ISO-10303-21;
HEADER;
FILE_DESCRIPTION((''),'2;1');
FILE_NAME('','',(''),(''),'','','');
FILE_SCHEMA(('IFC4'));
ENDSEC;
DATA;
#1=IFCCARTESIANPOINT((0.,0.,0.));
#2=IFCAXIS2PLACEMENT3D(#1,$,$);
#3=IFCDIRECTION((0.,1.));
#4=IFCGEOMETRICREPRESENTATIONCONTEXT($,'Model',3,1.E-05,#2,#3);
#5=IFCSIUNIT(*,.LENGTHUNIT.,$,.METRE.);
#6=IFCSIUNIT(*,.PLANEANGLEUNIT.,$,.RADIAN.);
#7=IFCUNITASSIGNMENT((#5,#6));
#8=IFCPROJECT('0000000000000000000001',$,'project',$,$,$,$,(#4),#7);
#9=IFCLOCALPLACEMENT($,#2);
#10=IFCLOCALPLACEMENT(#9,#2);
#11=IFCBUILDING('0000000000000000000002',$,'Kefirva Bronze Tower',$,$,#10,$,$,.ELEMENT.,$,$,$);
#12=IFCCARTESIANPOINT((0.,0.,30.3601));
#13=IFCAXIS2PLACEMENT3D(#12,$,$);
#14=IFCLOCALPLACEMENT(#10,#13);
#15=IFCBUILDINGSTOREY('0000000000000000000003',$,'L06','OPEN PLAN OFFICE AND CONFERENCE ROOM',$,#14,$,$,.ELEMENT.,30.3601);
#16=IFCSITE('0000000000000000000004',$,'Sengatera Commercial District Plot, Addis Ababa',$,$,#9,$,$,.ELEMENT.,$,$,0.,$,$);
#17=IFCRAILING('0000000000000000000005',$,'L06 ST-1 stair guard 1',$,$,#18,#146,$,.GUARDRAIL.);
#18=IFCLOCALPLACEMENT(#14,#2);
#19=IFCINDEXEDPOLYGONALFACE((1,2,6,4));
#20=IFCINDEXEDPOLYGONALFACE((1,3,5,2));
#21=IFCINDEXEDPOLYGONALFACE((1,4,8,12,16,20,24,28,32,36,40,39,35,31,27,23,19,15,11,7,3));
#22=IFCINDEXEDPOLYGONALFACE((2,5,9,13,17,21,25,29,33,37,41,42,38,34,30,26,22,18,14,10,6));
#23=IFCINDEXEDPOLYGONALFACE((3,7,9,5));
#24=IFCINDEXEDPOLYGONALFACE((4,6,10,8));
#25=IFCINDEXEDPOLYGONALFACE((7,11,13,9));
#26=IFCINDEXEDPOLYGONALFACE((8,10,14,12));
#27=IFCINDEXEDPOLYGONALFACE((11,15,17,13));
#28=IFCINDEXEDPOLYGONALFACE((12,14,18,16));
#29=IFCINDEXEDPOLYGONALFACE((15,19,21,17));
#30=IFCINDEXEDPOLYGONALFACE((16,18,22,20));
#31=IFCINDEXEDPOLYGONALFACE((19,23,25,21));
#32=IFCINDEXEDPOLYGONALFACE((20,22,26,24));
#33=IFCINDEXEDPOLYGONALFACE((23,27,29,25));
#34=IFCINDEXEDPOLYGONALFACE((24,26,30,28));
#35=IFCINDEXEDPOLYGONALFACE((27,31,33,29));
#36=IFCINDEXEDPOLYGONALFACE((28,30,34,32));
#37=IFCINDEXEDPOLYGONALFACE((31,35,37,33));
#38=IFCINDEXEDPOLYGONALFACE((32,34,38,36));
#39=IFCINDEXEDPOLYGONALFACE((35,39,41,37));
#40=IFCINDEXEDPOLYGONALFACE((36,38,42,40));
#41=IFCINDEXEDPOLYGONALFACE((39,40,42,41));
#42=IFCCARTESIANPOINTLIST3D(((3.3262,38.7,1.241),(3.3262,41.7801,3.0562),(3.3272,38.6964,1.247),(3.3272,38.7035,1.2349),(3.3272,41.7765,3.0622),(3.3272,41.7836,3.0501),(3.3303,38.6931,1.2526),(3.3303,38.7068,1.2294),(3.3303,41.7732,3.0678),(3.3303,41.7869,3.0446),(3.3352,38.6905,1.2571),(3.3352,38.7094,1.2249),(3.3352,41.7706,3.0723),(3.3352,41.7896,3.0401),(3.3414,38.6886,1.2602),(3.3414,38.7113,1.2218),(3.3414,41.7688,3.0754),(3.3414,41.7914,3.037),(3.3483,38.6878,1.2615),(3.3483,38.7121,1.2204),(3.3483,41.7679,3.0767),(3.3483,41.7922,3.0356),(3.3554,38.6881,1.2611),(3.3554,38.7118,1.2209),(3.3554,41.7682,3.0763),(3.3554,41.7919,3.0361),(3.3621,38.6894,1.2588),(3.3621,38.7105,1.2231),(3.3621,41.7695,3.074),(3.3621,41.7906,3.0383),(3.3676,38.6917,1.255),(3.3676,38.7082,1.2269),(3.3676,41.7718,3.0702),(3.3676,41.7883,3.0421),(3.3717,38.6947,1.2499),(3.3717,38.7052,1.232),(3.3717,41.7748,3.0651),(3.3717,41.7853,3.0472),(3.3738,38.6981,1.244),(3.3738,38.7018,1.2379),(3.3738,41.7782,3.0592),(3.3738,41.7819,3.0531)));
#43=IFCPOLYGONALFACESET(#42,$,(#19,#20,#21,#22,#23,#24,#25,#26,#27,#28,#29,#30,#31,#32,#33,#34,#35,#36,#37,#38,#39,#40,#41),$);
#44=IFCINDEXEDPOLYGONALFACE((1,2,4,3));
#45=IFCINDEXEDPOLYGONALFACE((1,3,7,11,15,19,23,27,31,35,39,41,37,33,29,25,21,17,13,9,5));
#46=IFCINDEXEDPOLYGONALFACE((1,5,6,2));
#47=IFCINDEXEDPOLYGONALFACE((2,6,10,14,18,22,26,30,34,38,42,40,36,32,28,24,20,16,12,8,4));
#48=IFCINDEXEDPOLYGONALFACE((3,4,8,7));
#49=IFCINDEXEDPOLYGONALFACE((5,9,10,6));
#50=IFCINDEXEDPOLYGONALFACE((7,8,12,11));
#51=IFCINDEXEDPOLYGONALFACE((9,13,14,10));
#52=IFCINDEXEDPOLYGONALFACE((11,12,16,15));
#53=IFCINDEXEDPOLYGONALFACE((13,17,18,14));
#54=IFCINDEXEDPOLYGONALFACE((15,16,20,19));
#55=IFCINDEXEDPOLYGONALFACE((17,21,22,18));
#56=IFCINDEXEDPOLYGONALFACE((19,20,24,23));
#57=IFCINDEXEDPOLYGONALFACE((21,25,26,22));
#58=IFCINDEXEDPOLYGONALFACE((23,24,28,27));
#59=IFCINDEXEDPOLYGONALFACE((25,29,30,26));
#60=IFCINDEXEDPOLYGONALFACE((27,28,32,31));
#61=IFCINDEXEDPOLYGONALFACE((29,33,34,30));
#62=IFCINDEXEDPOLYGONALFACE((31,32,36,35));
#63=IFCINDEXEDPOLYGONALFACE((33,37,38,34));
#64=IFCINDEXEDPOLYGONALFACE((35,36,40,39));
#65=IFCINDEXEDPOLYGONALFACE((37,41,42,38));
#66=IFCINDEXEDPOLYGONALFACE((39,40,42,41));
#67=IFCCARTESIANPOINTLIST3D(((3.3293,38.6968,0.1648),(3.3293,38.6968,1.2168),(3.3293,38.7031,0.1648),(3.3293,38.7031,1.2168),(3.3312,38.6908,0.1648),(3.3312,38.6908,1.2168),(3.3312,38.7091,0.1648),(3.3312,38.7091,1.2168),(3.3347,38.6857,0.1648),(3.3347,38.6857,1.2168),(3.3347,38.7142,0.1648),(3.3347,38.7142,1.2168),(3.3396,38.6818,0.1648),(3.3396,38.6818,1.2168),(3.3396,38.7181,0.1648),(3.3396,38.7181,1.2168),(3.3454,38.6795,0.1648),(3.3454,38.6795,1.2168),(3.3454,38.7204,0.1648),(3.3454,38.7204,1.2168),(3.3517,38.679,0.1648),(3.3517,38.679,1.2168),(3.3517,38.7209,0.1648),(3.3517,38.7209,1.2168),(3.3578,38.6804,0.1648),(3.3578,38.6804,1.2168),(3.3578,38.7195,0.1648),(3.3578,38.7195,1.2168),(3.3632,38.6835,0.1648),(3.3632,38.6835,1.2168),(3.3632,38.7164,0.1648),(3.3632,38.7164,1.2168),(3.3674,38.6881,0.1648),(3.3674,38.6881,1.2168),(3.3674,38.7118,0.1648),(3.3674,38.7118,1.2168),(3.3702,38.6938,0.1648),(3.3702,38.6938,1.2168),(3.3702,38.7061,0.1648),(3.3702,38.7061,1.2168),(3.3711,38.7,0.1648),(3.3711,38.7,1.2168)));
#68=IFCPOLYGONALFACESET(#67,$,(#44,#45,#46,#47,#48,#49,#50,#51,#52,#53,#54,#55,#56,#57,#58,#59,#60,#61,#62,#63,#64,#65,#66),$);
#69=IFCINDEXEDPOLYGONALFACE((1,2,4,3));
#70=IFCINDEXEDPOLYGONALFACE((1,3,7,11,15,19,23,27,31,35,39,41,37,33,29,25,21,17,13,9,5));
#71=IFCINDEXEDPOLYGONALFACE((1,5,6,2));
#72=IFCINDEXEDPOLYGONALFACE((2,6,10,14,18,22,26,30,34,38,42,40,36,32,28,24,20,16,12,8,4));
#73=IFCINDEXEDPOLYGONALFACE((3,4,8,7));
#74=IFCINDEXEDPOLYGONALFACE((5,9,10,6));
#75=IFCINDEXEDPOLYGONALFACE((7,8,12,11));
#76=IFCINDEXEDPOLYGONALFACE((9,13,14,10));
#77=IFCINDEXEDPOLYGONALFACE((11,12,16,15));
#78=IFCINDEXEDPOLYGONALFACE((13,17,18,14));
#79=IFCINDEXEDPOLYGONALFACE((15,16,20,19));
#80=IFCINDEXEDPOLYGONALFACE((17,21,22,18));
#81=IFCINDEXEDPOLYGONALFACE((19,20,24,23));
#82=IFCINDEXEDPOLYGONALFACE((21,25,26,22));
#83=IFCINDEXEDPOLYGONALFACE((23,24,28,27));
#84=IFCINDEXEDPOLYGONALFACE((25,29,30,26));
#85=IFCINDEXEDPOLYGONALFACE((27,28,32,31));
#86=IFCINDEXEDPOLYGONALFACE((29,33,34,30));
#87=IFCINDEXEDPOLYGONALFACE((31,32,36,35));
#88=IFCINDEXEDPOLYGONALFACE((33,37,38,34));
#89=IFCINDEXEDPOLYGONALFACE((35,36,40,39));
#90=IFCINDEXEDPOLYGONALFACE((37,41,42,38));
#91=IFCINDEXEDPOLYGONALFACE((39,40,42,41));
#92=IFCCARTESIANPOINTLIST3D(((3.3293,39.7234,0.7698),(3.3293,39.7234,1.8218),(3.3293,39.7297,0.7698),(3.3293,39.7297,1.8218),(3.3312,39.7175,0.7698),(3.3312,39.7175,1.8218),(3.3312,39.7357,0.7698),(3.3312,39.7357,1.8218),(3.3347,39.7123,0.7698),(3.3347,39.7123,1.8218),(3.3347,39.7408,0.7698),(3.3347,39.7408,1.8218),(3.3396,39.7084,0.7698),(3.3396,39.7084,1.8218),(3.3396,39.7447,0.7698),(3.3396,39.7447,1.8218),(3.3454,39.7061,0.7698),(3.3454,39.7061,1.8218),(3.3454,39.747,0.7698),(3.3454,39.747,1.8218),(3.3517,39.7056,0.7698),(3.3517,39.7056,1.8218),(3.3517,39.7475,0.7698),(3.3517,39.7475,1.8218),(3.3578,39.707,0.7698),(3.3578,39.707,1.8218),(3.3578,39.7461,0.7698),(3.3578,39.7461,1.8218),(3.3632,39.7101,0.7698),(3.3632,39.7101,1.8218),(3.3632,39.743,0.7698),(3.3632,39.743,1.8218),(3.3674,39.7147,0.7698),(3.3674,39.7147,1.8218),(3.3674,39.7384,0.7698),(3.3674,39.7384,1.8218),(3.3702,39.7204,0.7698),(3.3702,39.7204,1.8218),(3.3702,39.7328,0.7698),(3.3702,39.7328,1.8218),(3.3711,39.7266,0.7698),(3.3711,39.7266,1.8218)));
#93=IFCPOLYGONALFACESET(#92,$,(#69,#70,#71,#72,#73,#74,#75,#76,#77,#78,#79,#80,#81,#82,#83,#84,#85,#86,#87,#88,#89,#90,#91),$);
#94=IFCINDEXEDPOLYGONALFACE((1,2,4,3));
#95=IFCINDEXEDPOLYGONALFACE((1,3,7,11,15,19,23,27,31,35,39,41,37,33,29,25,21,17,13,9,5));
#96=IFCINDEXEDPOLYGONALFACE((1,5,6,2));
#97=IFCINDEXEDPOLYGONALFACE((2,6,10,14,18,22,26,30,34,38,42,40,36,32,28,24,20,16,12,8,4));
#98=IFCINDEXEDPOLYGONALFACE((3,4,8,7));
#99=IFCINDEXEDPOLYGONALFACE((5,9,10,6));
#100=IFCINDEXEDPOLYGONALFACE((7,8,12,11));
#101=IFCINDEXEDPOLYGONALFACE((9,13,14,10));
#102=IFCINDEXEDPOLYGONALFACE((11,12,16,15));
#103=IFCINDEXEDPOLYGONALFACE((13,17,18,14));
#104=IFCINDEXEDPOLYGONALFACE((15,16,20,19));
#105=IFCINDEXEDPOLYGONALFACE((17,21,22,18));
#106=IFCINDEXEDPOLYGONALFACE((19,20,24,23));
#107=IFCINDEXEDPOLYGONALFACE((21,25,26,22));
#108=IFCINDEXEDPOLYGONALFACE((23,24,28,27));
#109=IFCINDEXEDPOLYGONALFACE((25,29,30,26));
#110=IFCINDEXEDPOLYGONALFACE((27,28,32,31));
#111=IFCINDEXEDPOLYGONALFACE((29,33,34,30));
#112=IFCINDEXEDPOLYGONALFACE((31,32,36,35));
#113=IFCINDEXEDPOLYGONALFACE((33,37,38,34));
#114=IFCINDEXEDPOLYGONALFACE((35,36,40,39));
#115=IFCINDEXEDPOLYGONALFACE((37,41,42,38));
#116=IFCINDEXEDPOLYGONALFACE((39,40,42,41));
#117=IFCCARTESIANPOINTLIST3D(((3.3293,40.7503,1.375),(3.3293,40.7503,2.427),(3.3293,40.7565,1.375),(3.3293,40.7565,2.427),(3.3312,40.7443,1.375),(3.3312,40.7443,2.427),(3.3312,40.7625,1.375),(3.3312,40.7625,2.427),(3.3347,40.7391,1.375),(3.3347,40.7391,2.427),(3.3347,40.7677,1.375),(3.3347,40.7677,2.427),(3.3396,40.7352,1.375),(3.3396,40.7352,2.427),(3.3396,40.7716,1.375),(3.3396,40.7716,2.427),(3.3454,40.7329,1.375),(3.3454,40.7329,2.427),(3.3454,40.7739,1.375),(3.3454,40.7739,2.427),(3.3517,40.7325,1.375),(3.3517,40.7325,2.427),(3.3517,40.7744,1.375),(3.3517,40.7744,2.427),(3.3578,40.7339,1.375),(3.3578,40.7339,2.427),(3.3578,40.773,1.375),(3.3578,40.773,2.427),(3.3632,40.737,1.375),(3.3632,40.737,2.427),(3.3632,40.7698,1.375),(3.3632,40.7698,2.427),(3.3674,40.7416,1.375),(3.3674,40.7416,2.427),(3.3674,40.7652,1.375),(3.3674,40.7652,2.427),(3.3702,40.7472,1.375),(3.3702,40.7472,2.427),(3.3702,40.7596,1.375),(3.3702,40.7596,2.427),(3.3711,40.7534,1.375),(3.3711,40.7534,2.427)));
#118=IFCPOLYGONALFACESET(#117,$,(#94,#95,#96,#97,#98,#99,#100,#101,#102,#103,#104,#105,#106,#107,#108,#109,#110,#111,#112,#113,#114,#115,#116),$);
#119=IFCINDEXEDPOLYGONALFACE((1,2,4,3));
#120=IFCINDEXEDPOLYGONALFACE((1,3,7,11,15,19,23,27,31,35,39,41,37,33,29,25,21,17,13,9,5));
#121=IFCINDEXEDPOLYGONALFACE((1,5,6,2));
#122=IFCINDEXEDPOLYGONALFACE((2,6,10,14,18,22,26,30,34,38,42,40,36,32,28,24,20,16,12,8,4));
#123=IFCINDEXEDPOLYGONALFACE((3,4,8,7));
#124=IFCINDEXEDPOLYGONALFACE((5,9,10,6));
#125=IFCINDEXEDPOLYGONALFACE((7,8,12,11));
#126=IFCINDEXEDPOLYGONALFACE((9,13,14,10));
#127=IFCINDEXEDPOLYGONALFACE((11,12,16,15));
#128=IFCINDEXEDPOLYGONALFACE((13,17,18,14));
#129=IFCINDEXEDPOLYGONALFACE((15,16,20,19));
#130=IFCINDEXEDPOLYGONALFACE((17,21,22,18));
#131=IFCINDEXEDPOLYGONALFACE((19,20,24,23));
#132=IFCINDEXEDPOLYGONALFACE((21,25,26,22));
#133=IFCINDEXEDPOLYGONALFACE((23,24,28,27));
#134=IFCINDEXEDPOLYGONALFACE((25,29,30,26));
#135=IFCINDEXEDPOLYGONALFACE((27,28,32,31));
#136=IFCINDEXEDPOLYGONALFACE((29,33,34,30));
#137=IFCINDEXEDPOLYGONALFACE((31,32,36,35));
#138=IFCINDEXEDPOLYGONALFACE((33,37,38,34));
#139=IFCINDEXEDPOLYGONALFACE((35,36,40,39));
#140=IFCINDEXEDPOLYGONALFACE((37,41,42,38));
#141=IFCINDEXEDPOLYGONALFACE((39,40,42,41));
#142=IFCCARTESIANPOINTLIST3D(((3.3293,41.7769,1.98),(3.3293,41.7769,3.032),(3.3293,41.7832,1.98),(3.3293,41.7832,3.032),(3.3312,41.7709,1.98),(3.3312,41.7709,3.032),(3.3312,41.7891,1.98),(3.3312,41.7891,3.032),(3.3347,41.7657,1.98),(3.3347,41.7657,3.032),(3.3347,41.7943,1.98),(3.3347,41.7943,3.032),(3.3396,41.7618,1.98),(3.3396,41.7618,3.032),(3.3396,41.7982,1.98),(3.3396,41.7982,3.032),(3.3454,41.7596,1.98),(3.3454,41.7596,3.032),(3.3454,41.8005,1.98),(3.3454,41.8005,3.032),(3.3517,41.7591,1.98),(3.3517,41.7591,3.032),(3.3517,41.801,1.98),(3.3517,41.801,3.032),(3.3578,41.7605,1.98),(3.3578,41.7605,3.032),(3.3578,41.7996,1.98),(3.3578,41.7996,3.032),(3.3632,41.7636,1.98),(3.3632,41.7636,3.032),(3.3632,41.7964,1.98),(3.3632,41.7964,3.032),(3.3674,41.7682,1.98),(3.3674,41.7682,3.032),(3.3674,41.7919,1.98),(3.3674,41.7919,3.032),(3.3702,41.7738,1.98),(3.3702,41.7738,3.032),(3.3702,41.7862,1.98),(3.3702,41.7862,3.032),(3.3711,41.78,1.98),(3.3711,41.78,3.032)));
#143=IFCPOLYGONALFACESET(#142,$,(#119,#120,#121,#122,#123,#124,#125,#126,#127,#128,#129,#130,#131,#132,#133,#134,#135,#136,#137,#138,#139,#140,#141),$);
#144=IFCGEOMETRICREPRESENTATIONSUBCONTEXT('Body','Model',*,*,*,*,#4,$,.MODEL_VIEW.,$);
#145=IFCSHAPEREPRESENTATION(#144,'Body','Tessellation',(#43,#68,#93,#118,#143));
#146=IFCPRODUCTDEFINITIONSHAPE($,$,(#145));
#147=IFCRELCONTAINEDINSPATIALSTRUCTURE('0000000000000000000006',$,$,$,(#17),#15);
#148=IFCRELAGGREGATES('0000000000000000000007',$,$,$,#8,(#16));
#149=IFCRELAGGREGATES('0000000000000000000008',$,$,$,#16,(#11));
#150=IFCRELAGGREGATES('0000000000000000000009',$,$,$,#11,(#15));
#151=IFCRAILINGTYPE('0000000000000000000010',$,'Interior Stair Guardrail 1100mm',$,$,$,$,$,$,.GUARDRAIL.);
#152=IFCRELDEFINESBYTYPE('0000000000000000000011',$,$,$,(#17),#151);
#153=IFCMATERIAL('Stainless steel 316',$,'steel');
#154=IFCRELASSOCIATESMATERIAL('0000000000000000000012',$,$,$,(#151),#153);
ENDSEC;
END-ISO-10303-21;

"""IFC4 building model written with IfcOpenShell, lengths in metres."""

from ifc_helpers import new_model, si_unit, direction, frame, origin, origin_2d, place, context, subcontext, project, spatial, circle, extrude, material, type_object, element, save


model = new_model("IFC4")

# Units and contexts
model_context = context("Model", 3, precision=1e-05, world=origin(), true_north=direction((0.0, 1.0)))
body_context = subcontext(model_context, "Body", "Model", "MODEL_VIEW")
ifc_project = project(units=[si_unit("LENGTHUNIT", "METRE"), si_unit("PLANEANGLEUNIT", "RADIAN")], contexts=[model_context])

# Site, building, storey
site_placement = place(None, origin())
site = spatial("IfcSite", under=ifc_project, at=site_placement, Name="Sengatera Commercial District Plot, Addis Ababa", CompositionType="ELEMENT", RefElevation=0.0)
building_placement = place(site_placement, origin())
building = spatial("IfcBuilding", under=site, at=building_placement, Name="Kefirva Bronze Tower", CompositionType="ELEMENT")
storey_placement = place(building_placement, frame((0.0, 0.0, 30.3601)))
storey = spatial("IfcBuildingStorey", under=building, at=storey_placement, Name="L06", Description="OPEN PLAN OFFICE AND CONFERENCE ROOM", CompositionType="ELEMENT", Elevation=30.3601)

# Railing
ifc_material_1 = material(Name="Stainless steel 316", Category="steel")
railing_type_1 = type_object("IfcRailingType", Name="Interior Stair Guardrail 1100mm", PredefinedType="GUARDRAIL", material=ifc_material_1)
railing_1_placement = place(storey_placement, frame((3.3501, 38.7, 0.1648)))
element("IfcRailing", 1, at=railing_1_placement, inside=storey, type_object=railing_type_1, Name="L06 ST-1 stair guard 1", PredefinedType="GUARDRAIL", context=body_context, shape_type="SweptSolid", body=[
    extrude(circle(Radius=0.0239, at=origin_2d()), frame((0.0, 0.0, 1.0762), z_axis=(0.0, 0.861521, 0.507721), x_axis=(-1.0, 0.0, 0.0)), (0.0, 0.0, 1.0), 3.5752),
    extrude(circle(Radius=0.021, at=origin_2d()), origin(), (0.0, 0.0, 1.0), 1.052),
    extrude(circle(Radius=0.021, at=origin_2d()), frame((0.0, 1.0266, 0.605)), (0.0, 0.0, 1.0), 1.052),
    extrude(circle(Radius=0.021, at=origin_2d()), frame((0.0, 2.0535, 1.2102)), (0.0, 0.0, 1.0), 1.052),
    extrude(circle(Radius=0.021, at=origin_2d()), frame((0.0, 3.0801, 1.8152)), (0.0, 0.0, 1.0), 1.052),
])

save(model, "model.ifc")
